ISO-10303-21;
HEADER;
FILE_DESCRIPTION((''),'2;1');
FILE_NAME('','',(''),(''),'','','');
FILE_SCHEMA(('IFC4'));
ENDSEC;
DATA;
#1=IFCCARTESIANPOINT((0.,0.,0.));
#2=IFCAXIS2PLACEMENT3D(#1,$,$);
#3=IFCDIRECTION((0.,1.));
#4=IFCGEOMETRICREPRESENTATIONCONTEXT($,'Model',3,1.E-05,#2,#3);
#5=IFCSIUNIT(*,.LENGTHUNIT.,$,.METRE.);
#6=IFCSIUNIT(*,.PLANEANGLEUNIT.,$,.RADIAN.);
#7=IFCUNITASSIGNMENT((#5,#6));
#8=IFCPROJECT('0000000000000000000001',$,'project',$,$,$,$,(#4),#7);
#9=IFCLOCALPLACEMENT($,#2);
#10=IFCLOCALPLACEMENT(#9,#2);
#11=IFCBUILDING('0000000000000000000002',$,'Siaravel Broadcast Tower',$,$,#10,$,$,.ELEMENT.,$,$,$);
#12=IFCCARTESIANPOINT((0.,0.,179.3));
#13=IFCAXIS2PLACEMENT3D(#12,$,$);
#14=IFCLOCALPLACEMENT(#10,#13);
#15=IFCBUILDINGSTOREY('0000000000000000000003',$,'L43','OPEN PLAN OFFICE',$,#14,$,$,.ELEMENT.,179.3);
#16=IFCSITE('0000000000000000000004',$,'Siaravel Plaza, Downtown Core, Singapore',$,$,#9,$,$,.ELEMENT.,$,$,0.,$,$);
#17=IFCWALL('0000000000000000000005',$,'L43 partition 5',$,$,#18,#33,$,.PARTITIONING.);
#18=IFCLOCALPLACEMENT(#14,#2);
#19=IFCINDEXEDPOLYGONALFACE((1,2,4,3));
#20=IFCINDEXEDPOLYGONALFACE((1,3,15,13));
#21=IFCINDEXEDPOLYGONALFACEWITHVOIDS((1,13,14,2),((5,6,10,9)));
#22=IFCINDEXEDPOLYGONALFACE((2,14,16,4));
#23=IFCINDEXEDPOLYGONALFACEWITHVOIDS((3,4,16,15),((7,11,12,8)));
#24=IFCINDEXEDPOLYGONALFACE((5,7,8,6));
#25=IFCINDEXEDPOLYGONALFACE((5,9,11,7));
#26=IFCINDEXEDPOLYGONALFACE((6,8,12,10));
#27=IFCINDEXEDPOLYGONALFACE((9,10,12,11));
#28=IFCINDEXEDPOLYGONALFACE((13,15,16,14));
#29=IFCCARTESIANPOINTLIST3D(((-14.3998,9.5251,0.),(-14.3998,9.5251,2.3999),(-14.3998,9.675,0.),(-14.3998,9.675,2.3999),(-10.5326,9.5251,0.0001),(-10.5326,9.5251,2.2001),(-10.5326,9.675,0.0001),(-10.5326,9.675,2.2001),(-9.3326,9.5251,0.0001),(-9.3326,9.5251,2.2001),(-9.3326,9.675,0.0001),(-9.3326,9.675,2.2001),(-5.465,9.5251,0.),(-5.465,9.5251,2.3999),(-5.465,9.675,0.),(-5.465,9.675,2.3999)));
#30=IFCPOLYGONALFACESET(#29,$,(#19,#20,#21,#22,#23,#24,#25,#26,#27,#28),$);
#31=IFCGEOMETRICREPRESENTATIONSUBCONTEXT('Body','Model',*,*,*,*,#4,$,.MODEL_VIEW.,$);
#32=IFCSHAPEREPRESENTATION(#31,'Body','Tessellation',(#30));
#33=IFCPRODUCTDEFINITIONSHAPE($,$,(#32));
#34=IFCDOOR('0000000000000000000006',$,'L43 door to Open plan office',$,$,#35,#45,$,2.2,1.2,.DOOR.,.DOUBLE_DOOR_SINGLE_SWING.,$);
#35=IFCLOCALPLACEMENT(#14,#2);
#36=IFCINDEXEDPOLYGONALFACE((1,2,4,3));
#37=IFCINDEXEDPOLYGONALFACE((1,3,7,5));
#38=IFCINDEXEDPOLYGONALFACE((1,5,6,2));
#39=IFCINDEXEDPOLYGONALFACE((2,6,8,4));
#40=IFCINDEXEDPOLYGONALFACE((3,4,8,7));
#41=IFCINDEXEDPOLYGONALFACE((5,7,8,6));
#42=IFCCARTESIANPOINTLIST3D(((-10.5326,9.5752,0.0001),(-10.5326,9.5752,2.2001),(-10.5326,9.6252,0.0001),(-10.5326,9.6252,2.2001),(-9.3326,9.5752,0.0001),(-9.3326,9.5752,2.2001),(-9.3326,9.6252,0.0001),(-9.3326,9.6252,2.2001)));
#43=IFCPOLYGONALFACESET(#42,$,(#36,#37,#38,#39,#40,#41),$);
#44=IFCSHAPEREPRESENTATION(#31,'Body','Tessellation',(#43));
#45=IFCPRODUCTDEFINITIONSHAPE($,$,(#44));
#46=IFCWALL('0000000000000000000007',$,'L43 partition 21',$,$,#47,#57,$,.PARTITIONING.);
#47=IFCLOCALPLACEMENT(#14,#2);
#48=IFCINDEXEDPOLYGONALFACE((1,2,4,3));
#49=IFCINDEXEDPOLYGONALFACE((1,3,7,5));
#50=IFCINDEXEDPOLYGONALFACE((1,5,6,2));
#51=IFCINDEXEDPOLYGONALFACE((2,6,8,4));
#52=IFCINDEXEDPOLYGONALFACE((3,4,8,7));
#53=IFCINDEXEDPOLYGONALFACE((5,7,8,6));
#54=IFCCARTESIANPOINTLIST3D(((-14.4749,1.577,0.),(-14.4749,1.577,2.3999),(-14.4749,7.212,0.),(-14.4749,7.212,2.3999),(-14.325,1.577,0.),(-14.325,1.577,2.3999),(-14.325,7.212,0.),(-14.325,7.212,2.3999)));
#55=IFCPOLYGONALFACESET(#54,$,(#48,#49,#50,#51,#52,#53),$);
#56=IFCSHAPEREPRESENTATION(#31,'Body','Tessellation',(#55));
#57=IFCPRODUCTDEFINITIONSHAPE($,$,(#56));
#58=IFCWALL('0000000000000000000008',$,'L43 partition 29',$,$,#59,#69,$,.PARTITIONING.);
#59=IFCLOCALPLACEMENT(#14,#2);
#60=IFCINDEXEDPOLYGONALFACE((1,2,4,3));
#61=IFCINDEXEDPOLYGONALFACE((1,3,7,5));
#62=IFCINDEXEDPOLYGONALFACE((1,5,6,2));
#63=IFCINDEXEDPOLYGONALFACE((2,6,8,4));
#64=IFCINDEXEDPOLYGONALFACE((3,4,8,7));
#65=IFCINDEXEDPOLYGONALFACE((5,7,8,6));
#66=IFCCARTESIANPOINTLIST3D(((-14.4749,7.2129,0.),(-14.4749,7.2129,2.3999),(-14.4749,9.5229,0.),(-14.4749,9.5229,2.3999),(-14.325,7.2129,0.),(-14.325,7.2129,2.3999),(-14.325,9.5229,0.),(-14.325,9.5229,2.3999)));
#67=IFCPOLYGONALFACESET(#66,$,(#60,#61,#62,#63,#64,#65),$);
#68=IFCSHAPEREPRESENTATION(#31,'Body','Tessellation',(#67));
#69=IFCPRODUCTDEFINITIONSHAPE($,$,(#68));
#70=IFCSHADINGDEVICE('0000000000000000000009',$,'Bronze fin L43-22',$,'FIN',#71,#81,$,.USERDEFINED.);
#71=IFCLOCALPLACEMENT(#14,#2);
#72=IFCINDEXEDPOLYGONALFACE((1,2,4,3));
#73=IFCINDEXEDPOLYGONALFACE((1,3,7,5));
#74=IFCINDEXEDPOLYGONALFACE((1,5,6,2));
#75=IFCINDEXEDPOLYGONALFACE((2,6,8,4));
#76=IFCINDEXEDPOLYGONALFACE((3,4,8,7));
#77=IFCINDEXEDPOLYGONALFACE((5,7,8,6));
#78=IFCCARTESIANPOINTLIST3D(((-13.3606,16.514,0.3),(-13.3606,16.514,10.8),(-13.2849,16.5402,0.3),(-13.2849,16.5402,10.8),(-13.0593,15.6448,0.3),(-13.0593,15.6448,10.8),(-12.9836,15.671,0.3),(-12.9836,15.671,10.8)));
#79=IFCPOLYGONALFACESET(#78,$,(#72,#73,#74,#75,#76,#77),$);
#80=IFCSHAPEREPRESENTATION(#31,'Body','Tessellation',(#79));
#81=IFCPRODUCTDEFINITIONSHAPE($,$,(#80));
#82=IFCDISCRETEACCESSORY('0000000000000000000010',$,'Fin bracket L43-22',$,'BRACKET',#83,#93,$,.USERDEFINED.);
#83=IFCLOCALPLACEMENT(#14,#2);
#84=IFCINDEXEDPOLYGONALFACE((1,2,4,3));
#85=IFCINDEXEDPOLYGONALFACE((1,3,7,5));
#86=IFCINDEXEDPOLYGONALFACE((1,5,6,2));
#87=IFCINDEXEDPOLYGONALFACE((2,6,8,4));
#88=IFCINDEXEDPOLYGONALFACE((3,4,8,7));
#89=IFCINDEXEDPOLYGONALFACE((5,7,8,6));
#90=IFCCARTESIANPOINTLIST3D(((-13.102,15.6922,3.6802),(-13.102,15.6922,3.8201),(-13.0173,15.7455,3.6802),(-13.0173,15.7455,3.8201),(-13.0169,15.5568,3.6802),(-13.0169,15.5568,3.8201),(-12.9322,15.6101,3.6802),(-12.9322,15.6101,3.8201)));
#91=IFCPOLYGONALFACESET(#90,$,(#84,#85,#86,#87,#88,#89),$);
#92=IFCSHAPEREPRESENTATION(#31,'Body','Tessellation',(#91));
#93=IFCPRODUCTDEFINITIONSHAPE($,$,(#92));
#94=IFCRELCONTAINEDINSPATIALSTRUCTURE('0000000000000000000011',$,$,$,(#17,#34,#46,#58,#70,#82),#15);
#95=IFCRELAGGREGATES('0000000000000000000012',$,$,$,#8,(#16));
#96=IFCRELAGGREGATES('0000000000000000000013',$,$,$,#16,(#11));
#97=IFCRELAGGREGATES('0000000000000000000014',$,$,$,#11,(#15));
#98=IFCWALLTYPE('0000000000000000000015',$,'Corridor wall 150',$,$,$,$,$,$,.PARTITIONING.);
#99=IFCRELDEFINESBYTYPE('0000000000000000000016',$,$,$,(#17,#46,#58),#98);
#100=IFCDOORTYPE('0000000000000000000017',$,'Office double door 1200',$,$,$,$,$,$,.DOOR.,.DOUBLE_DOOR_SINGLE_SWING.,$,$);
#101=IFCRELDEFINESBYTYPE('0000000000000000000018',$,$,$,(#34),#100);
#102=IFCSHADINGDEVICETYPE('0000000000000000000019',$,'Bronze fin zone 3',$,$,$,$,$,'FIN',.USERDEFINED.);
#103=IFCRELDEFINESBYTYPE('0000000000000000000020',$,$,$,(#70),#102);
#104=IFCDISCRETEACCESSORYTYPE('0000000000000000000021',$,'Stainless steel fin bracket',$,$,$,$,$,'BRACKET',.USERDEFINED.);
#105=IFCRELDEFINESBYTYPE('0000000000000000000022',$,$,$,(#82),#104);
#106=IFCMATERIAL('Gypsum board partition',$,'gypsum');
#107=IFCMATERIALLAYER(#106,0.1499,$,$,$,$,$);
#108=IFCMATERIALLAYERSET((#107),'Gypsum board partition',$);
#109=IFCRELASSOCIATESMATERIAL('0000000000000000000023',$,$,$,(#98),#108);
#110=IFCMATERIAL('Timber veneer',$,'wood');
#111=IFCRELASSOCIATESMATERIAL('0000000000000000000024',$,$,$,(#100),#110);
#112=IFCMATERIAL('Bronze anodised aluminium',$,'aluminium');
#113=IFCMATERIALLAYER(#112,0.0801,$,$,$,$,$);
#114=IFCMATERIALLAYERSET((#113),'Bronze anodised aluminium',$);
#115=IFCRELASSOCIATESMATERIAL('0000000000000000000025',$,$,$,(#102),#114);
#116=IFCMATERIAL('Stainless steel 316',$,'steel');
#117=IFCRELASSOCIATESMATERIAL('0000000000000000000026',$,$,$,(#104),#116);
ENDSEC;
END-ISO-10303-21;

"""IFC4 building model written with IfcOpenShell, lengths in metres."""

from ifc_helpers import new_model, si_unit, direction, frame, frame_2d, origin, origin_2d, place, context, subcontext, project, spatial, rectangle, extrude, material, layer, layer_set, type_object, element, fill, save


model = new_model("IFC4")

# Units and contexts
model_context = context("Model", 3, precision=1e-05, world=origin(), true_north=direction((0.0, 1.0)))
body_context = subcontext(model_context, "Body", "Model", "MODEL_VIEW")
ifc_project = project(units=[si_unit("LENGTHUNIT", "METRE"), si_unit("PLANEANGLEUNIT", "RADIAN")], contexts=[model_context])

# Site, building, storey
site_placement = place(None, origin())
site = spatial("IfcSite", under=ifc_project, at=site_placement, Name="Siaravel Plaza, Downtown Core, Singapore", CompositionType="ELEMENT", RefElevation=0.0)
building_placement = place(site_placement, origin())
building = spatial("IfcBuilding", under=site, at=building_placement, Name="Siaravel Broadcast Tower", CompositionType="ELEMENT")
storey_placement = place(building_placement, frame((0.0, 0.0, 179.3)))
storey = spatial("IfcBuildingStorey", under=building, at=storey_placement, Name="L43", Description="OPEN PLAN OFFICE", CompositionType="ELEMENT", Elevation=179.3)

# Shared definitions
ifc_material_1 = material(Name="Timber veneer", Category="wood")

# Wall, opening, door
ifc_material_2 = material(Name="Gypsum board partition", Category="gypsum")
ifc_layer_1 = layer(ifc_material_2, 0.1499)
ifc_layer_set_1 = layer_set([ifc_layer_1], Name="Gypsum board partition")
wall_type_1 = type_object("IfcWallType", Name="Corridor wall 150", PredefinedType="PARTITIONING", material=ifc_layer_set_1)
wall_1_placement = place(storey_placement, frame((-5.4651, 9.6001, 0.0), z_axis=(0.0, 0.0, 1.0), x_axis=(-1.0, 0.0, 0.0)))
wall_1 = element("IfcWall", 1, at=wall_1_placement, inside=storey, type_object=wall_type_1, Name="L43 partition 5", PredefinedType="PARTITIONING", context=body_context, shape_type="SweptSolid", body=[
    extrude(rectangle(XDim=8.9348, YDim=0.1499, at=frame_2d((4.4673, 0.0))), origin(), (0.0, 0.0, 1.0), 2.3999),
])
opening_1_placement = place(wall_1_placement, frame((3.8674, 0.0, 0.0)))
opening_1 = element("IfcOpeningElement", 2, at=opening_1_placement, cuts=wall_1, PredefinedType="OPENING", context=body_context, shape_type="SweptSolid", body=[
    extrude(rectangle(XDim=1.2, YDim=2.2, at=frame_2d((0.6001, 1.1001))), frame((0.0, 0.085, 0.0), z_axis=(0.0, -1.0, 0.0), x_axis=(1.0, 0.0, 0.0)), (0.0, 0.0, 1.0), 0.1699),
])
door_type_1 = type_object("IfcDoorType", Name="Office double door 1200", OperationType="DOUBLE_DOOR_SINGLE_SWING", PredefinedType="DOOR", material=ifc_material_1)
door_1_placement = place(opening_1_placement, origin())
door_1 = element("IfcDoor", 3, at=door_1_placement, inside=storey, type_object=door_type_1, Name="L43 door to Open plan office", OperationType="DOUBLE_DOOR_SINGLE_SWING", OverallHeight=2.2, OverallWidth=1.2, PredefinedType="DOOR", context=body_context, shape_type="SweptSolid", body=[
    extrude(rectangle(XDim=1.2, YDim=2.2, at=frame_2d((0.6001, 1.1001))), frame((0.0, 0.0249, 0.0), z_axis=(0.0, -1.0, 0.0), x_axis=(1.0, 0.0, 0.0)), (0.0, 0.0, 1.0), 0.05),
])
fill(opening_1, door_1)

# Walls
wall_2_placement = place(storey_placement, frame((-14.3999, 7.2119, 0.0), z_axis=(0.0, 0.0, 1.0), x_axis=(0.0, -1.0, 0.0)))
element("IfcWall", 4, at=wall_2_placement, inside=storey, type_object=wall_type_1, Name="L43 partition 21", PredefinedType="PARTITIONING", context=body_context, shape_type="SweptSolid", body=[
    extrude(rectangle(XDim=5.635, YDim=0.1499, at=frame_2d((2.8174, 0.0))), origin(), (0.0, 0.0, 1.0), 2.3999),
])
wall_3_placement = place(storey_placement, frame((-14.3999, 9.5229, 0.0), z_axis=(0.0, 0.0, 1.0), x_axis=(0.0, -1.0, 0.0)))
element("IfcWall", 5, at=wall_3_placement, inside=storey, type_object=wall_type_1, Name="L43 partition 29", PredefinedType="PARTITIONING", context=body_context, shape_type="SweptSolid", body=[
    extrude(rectangle(XDim=2.3101, YDim=0.1499, at=frame_2d((1.155, 0.0))), origin(), (0.0, 0.0, 1.0), 2.3999),
])

# Shading device
ifc_material_3 = material(Name="Bronze anodised aluminium", Category="aluminium")
ifc_layer_2 = layer(ifc_material_3, 0.0801)
ifc_layer_set_2 = layer_set([ifc_layer_2], Name="Bronze anodised aluminium")
shading_device_type = type_object("IfcShadingDeviceType", Name="Bronze fin zone 3", ElementType="FIN", PredefinedType="USERDEFINED", material=ifc_layer_set_2)
shading_device_placement = place(storey_placement, frame((-13.1721, 16.0925, 0.3), z_axis=(0.0, 0.0, 1.0), x_axis=(-0.327511, 0.944847, 0.0)))
element("IfcShadingDevice", 6, at=shading_device_placement, inside=storey, type_object=shading_device_type, Name="Bronze fin L43-22", ObjectType="FIN", PredefinedType="USERDEFINED", context=body_context, shape_type="SweptSolid", body=[
    extrude(rectangle(XDim=0.9199, YDim=0.0801, at=origin_2d()), origin(), (0.0, 0.0, 1.0), 10.5),
])

# Discrete accessory
ifc_material_4 = material(Name="Stainless steel 316", Category="steel")
discrete_accessory_type = type_object("IfcDiscreteAccessoryType", Name="Stainless steel fin bracket", ElementType="BRACKET", PredefinedType="USERDEFINED", material=ifc_material_4)
discrete_accessory_placement = place(storey_placement, frame((-13.0171, 15.6511, 3.6802), z_axis=(0.0, 0.0, 1.0), x_axis=(-0.532149, 0.84665, 0.0)))
element("IfcDiscreteAccessory", 7, at=discrete_accessory_placement, inside=storey, type_object=discrete_accessory_type, Name="Fin bracket L43-22", ObjectType="BRACKET", PredefinedType="USERDEFINED", context=body_context, shape_type="SweptSolid", body=[
    extrude(rectangle(XDim=0.1599, YDim=0.1001, at=origin_2d()), origin(), (0.0, 0.0, 1.0), 0.1399),
])

save(model, "model.ifc")
